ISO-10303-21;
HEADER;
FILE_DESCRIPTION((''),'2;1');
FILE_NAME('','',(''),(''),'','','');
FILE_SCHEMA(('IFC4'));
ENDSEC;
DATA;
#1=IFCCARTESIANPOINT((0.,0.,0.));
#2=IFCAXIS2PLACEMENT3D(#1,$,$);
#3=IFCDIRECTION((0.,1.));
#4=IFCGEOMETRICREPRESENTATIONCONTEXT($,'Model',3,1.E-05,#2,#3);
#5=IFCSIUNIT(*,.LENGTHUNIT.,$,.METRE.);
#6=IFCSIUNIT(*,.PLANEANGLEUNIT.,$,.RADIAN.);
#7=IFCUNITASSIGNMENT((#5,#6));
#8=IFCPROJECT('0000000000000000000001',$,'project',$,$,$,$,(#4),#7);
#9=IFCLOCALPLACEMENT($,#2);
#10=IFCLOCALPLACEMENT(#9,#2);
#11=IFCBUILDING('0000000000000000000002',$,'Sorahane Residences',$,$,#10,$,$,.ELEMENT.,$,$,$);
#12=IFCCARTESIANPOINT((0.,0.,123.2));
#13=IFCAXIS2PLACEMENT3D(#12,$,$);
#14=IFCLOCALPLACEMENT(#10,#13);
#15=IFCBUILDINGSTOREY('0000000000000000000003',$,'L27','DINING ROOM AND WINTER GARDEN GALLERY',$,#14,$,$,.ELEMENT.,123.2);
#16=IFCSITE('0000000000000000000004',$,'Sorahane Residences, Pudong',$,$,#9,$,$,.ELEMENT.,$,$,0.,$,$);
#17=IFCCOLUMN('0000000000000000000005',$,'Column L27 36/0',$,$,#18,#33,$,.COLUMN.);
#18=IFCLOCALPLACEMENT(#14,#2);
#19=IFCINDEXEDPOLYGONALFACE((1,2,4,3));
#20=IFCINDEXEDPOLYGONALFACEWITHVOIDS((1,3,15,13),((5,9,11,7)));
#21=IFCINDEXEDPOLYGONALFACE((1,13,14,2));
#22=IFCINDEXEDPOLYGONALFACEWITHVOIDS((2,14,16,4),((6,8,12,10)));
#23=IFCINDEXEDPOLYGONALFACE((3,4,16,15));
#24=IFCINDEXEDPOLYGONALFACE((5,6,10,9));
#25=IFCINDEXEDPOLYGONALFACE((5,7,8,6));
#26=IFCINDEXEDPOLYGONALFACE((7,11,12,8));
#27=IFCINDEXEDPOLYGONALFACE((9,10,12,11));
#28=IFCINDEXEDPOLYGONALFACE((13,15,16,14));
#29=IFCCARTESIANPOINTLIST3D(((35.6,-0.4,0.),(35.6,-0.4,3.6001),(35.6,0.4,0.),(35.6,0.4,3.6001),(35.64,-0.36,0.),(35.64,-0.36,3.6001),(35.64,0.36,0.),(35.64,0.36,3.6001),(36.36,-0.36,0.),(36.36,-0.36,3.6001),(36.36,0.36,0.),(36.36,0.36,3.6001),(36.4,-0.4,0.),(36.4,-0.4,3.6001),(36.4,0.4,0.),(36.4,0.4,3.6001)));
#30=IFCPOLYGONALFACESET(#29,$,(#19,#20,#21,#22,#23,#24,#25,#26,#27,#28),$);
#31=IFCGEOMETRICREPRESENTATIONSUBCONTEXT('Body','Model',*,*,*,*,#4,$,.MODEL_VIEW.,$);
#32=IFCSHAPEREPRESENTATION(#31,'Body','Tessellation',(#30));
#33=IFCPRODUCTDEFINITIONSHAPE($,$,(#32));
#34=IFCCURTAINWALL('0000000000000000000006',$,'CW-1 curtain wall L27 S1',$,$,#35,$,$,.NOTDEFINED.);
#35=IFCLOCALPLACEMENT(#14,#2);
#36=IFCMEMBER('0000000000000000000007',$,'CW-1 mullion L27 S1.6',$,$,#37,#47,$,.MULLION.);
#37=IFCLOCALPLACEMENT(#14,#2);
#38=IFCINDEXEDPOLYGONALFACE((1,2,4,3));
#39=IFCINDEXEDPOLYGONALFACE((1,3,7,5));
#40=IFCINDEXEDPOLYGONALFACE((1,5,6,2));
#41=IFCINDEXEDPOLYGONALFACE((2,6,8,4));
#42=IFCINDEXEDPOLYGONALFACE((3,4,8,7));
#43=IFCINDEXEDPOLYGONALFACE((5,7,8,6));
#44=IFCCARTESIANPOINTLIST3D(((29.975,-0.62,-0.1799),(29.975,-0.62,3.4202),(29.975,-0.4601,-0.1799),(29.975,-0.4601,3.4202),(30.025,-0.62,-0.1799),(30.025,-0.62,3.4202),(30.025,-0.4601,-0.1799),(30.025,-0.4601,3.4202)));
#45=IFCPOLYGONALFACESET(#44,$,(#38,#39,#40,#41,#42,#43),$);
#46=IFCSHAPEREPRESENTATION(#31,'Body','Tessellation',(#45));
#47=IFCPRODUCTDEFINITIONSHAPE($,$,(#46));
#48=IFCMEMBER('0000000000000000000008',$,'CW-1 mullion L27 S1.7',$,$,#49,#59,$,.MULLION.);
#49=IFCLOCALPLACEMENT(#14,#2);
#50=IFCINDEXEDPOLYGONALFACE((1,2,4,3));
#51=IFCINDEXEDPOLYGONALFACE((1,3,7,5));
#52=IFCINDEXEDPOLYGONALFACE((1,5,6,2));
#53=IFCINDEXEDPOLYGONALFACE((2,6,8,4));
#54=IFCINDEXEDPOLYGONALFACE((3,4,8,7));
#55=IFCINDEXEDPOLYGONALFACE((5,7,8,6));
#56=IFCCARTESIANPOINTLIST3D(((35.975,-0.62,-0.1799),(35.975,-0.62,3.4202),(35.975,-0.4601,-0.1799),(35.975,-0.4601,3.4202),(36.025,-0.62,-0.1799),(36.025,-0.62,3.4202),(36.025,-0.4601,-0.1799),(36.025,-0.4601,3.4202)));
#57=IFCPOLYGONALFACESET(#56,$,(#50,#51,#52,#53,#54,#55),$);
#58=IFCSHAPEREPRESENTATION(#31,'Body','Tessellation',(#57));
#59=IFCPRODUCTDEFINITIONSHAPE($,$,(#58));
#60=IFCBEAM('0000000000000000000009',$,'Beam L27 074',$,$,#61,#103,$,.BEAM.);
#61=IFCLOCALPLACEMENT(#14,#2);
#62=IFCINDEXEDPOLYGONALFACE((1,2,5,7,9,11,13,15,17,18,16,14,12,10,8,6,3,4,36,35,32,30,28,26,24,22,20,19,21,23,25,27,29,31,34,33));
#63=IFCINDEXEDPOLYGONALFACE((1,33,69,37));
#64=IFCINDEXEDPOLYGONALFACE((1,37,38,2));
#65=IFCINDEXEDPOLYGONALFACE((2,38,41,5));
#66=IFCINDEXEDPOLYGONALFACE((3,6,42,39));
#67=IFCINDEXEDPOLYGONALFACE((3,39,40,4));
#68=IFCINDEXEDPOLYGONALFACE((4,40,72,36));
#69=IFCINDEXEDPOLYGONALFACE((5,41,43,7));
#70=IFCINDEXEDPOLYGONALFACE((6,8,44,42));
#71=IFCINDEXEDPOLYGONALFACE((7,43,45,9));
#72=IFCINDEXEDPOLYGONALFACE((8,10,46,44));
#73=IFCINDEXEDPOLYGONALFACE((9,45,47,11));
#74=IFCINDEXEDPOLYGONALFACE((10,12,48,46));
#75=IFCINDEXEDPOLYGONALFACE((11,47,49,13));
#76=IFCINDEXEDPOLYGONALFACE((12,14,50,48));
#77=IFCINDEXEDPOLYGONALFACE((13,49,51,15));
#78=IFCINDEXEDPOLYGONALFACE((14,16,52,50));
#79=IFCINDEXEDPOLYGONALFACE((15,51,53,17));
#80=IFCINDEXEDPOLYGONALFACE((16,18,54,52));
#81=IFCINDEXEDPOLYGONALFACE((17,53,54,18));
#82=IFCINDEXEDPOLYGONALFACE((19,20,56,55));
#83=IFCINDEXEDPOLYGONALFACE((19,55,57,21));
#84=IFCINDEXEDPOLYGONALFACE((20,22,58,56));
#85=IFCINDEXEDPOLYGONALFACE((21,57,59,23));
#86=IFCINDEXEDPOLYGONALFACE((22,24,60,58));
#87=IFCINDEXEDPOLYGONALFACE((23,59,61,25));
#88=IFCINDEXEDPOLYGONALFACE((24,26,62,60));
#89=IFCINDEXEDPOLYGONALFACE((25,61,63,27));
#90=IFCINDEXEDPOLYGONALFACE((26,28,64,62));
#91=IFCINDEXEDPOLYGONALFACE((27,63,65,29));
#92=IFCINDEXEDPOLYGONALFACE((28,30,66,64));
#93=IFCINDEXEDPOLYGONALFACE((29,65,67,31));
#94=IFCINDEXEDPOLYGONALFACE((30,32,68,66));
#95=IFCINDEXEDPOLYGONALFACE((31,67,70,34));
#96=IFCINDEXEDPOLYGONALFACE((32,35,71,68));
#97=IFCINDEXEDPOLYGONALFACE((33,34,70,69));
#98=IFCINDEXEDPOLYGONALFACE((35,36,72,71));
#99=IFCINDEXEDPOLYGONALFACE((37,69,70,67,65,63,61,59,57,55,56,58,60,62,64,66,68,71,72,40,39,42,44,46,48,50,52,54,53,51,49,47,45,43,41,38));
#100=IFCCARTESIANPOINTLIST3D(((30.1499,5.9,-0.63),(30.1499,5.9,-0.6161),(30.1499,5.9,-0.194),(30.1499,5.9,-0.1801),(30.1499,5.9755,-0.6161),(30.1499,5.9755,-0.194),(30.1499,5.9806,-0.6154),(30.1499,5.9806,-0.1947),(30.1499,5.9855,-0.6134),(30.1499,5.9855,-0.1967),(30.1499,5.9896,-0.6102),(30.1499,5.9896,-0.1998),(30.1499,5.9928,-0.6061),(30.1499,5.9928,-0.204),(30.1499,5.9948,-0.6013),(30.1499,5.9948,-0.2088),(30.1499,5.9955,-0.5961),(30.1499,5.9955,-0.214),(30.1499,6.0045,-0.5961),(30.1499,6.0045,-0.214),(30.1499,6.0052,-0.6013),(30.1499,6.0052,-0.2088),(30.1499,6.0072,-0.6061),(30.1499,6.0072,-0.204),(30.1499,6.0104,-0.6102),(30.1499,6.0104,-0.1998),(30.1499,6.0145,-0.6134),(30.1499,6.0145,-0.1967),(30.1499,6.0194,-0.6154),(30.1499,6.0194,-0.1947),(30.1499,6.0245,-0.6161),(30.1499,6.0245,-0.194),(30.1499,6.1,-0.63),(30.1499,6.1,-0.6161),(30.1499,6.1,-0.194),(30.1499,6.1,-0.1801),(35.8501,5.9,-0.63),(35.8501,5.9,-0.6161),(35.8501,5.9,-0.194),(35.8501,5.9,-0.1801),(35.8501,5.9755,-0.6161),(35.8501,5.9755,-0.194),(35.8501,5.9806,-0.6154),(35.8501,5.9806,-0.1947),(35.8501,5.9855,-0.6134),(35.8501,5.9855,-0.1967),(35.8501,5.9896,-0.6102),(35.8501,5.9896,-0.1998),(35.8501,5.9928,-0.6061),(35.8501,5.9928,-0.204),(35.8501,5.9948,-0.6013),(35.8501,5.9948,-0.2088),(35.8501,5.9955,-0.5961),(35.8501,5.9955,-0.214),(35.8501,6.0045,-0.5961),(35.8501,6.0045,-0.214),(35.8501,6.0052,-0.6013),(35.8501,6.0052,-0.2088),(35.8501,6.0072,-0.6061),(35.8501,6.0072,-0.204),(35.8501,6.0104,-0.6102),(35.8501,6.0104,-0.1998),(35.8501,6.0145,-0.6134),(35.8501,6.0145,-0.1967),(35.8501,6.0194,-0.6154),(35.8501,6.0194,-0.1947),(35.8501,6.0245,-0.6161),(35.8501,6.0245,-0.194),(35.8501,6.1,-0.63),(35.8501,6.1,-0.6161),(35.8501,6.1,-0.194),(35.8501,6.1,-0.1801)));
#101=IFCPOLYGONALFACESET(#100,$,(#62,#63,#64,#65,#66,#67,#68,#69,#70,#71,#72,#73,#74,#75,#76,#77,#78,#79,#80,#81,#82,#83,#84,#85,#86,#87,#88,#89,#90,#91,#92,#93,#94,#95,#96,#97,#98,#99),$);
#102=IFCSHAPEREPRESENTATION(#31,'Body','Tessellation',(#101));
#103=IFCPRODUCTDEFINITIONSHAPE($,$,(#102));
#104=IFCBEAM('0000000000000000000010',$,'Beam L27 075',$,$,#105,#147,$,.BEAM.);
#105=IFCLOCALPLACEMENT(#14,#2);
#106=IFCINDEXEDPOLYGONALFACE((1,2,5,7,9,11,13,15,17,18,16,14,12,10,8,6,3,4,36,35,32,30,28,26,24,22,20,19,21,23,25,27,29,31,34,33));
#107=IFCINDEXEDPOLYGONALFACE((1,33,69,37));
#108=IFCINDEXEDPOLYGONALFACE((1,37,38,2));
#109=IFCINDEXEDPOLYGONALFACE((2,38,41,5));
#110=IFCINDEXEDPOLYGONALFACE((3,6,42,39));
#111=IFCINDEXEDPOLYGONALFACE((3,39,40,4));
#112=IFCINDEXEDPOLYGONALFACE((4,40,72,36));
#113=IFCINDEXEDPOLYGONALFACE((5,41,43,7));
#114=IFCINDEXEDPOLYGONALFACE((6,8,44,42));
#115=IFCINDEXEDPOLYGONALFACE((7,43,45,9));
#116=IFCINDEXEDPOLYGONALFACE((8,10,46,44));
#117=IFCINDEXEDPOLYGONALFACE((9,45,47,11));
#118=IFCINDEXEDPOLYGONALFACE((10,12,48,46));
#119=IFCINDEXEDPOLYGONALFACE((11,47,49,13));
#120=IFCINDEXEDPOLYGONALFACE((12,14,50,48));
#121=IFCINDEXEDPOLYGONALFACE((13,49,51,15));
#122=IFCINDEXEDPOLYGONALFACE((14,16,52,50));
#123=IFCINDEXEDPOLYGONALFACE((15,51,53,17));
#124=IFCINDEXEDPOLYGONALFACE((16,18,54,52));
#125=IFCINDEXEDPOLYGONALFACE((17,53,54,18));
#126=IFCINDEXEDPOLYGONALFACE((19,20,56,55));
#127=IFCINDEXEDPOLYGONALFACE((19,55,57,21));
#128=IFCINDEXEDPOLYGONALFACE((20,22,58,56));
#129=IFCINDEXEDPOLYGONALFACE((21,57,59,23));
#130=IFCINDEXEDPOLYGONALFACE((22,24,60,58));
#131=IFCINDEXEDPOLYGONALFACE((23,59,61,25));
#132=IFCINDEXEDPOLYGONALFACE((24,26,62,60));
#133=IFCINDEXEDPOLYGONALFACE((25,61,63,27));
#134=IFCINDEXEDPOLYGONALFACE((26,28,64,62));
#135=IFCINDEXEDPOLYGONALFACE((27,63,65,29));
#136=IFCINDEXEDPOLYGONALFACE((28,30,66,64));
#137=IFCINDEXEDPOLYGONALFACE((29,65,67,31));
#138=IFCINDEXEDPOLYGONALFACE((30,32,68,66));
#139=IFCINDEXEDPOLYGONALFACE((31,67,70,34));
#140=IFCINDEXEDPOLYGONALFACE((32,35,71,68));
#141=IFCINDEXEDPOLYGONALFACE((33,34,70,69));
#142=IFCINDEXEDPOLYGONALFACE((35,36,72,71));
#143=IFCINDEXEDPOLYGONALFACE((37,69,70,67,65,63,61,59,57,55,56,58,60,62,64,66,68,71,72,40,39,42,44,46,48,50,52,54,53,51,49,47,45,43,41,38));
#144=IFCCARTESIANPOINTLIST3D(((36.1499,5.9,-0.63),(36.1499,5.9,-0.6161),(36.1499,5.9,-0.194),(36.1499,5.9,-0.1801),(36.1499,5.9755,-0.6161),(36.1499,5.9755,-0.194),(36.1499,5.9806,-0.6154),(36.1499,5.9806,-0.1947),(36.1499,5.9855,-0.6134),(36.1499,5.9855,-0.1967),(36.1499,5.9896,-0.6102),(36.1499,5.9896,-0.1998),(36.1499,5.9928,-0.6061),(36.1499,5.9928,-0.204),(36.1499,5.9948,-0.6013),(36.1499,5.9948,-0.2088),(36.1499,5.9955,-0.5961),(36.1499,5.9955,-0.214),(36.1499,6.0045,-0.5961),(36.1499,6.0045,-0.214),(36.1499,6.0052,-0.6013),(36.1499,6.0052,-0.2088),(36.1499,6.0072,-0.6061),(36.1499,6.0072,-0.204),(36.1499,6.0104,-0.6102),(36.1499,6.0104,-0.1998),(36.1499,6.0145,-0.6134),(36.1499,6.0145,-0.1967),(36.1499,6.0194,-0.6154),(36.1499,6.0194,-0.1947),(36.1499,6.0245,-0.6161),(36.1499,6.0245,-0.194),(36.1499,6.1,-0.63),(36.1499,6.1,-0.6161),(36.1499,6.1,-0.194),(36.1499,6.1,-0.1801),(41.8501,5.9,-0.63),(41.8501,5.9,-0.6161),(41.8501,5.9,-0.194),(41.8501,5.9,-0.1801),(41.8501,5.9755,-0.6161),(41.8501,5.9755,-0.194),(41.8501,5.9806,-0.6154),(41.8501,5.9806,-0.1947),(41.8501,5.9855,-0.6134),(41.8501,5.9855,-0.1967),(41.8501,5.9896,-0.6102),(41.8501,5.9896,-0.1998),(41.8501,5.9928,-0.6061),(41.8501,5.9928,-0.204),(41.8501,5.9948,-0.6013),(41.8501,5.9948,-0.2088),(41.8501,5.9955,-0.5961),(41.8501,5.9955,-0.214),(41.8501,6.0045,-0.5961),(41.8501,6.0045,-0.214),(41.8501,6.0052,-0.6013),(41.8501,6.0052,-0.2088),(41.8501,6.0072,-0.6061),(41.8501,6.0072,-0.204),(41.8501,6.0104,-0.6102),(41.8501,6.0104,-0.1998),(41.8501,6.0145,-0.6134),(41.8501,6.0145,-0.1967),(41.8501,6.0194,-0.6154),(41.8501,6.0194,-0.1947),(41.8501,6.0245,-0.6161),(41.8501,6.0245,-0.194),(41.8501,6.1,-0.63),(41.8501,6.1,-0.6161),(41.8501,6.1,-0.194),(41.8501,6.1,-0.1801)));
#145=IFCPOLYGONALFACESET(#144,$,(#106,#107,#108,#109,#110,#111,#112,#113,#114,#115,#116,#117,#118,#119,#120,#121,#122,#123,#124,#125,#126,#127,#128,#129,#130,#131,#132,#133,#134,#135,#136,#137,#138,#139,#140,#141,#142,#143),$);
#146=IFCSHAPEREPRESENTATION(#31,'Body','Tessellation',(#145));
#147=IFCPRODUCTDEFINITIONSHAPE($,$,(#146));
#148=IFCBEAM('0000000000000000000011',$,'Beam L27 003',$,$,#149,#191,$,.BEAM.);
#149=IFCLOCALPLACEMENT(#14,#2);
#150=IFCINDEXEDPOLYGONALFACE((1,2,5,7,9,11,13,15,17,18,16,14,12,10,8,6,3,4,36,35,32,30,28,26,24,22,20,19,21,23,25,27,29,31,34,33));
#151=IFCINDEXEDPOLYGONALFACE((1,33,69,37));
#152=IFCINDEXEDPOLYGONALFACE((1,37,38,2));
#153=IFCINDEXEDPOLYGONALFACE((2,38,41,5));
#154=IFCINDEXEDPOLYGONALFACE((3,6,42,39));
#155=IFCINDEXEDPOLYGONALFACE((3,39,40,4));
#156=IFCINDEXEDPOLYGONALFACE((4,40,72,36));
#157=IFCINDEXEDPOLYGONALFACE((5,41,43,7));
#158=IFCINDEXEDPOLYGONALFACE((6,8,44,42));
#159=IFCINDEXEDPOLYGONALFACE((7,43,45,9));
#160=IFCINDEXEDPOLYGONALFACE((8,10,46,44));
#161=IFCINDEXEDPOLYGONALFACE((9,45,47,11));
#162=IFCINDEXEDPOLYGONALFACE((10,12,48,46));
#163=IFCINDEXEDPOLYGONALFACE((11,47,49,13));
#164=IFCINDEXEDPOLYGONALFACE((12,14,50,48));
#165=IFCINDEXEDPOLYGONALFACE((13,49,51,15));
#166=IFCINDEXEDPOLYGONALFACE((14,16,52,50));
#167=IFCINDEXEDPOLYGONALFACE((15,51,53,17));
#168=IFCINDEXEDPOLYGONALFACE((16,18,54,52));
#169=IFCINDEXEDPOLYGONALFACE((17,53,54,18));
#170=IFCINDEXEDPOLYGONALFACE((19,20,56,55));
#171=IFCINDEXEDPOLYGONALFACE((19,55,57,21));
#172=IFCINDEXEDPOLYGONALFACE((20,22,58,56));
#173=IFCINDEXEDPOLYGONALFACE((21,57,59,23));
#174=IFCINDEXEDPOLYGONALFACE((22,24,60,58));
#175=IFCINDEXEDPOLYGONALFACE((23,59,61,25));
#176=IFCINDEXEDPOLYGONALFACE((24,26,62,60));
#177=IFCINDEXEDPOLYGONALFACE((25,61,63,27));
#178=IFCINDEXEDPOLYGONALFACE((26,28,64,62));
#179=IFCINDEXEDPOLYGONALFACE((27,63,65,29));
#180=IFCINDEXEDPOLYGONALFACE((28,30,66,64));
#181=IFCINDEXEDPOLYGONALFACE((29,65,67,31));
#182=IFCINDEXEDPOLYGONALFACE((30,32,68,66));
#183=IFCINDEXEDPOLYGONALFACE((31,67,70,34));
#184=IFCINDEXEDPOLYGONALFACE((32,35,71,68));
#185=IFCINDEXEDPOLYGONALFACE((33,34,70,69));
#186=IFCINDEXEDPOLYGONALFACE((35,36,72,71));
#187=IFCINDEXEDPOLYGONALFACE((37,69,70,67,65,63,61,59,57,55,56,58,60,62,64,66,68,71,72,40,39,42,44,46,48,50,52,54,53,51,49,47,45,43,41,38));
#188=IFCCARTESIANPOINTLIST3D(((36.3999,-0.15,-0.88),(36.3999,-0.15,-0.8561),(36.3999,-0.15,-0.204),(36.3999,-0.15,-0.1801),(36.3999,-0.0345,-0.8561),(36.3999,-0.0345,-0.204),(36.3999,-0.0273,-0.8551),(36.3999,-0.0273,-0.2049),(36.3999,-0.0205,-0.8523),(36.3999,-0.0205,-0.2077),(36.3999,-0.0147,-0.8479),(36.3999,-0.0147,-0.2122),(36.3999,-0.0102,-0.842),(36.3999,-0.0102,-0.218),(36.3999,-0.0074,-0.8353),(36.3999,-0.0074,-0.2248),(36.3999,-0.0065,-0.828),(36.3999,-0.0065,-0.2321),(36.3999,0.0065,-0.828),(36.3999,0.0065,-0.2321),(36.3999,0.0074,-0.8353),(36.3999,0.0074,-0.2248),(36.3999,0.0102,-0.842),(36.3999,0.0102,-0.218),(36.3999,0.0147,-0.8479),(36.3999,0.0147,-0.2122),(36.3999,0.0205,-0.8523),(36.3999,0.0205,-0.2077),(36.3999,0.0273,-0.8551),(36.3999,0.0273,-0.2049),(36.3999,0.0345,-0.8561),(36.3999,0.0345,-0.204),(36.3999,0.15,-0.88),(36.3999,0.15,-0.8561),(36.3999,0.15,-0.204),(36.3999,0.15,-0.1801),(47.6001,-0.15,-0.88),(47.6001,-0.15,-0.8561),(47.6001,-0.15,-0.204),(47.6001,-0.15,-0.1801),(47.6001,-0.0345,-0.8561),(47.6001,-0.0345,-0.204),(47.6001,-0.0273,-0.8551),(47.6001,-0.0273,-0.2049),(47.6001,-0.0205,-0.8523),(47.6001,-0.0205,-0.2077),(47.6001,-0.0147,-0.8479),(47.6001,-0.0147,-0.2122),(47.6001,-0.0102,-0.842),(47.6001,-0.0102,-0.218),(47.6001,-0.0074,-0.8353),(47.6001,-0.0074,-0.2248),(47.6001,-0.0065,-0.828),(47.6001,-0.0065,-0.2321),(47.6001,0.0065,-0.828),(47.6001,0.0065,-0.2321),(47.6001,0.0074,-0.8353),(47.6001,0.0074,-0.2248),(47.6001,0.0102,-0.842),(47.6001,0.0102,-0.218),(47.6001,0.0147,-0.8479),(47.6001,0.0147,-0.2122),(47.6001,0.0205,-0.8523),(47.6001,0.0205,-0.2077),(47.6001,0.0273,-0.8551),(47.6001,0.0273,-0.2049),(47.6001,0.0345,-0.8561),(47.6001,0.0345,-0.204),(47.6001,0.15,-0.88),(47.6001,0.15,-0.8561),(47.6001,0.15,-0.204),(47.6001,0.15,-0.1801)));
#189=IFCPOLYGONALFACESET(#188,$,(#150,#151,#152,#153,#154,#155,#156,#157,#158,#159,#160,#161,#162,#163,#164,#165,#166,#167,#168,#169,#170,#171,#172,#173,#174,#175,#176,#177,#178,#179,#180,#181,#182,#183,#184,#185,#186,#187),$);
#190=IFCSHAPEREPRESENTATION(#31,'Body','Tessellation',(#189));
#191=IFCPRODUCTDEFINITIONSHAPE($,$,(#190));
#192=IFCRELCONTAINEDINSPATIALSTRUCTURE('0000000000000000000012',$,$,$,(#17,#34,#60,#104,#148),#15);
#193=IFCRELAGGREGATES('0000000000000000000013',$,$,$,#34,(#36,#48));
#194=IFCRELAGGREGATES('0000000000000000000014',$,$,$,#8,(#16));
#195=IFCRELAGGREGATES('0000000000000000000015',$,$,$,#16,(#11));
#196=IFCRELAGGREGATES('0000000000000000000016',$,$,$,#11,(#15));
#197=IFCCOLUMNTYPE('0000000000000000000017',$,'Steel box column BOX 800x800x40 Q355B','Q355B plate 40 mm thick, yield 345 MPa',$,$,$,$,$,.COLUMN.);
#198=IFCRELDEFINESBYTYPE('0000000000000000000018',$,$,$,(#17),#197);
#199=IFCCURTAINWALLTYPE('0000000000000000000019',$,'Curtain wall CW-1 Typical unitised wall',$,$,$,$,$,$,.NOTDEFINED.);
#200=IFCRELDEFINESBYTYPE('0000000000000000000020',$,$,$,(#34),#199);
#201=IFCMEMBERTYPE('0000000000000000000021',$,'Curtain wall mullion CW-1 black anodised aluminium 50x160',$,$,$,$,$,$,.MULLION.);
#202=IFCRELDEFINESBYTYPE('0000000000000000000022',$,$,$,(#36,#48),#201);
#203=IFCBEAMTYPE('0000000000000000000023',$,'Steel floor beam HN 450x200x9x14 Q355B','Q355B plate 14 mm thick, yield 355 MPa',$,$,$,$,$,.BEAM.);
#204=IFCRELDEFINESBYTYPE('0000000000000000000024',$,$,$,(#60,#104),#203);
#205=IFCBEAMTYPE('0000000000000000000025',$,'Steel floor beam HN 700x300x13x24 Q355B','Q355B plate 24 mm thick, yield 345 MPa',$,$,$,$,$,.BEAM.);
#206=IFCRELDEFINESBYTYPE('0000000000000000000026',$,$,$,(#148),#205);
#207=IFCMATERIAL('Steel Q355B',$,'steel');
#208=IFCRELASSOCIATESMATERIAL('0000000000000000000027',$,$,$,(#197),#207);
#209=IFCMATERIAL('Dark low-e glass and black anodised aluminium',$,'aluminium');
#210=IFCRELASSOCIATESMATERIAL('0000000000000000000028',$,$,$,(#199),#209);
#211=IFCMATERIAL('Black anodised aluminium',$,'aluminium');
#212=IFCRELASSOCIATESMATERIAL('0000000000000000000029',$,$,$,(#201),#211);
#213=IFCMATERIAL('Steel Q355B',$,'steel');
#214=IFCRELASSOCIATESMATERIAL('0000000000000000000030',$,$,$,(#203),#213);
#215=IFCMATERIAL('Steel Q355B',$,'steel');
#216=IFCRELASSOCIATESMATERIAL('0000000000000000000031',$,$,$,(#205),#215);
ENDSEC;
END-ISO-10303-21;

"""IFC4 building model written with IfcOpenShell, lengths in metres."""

from ifc_helpers import new_model, si_unit, direction, frame, origin, origin_2d, place, context, subcontext, project, spatial, rectangle, hollow_rectangle, i_section, extrude, material, material_profile, profile_set, type_object, element, aggregate, save


model = new_model("IFC4")

# Units and contexts
model_context = context("Model", 3, precision=1e-05, world=origin(), true_north=direction((0.0, 1.0)))
body_context = subcontext(model_context, "Body", "Model", "MODEL_VIEW")
ifc_project = project(units=[si_unit("LENGTHUNIT", "METRE"), si_unit("PLANEANGLEUNIT", "RADIAN")], contexts=[model_context])

# Site, building, storey
site_placement = place(None, origin())
site = spatial("IfcSite", under=ifc_project, at=site_placement, Name="Sorahane Residences, Pudong", CompositionType="ELEMENT", RefElevation=0.0)
building_placement = place(site_placement, origin())
building = spatial("IfcBuilding", under=site, at=building_placement, Name="Sorahane Residences", CompositionType="ELEMENT")
storey_placement = place(building_placement, frame((0.0, 0.0, 123.2)))
storey = spatial("IfcBuildingStorey", under=building, at=storey_placement, Name="L27", Description="DINING ROOM AND WINTER GARDEN GALLERY", CompositionType="ELEMENT", Elevation=123.2)

# Column
ifc_material_1 = material(Name="Steel Q355B", Category="steel")
ifc_material_profile_1 = material_profile(ifc_material_1, hollow_rectangle(XDim=0.8, YDim=0.8, WallThickness=0.04, at=origin_2d()), Name="BOX 800x800x40")
ifc_profile_set_1 = profile_set([ifc_material_profile_1], Name="Steel Q355B")
column_type = type_object("IfcColumnType", Name="Steel box column BOX 800x800x40 Q355B", Description="Q355B plate 40 mm thick, yield 345 MPa", PredefinedType="COLUMN", material=ifc_profile_set_1)
column_placement = place(storey_placement, frame((36.0, 0.0, 0.0), z_axis=(0.0, 0.0, 1.0), x_axis=(1.0, 0.0, 0.0)))
element("IfcColumn", 1, at=column_placement, inside=storey, type_object=column_type, Name="Column L27 36/0", PredefinedType="COLUMN", context=body_context, shape_type="SweptSolid", body=[
    extrude(hollow_rectangle(XDim=0.8, YDim=0.8, WallThickness=0.04, at=origin_2d()), origin(), (0.0, 0.0, 1.0), 3.6001),
])

# Curtain wall, members
ifc_material_2 = material(Name="Dark low-e glass and black anodised aluminium", Category="aluminium")
curtain_wall_type = type_object("IfcCurtainWallType", Name="Curtain wall CW-1 Typical unitised wall", PredefinedType="NOTDEFINED", material=ifc_material_2)
curtain_wall_placement = place(storey_placement, origin())
curtain_wall = element("IfcCurtainWall", 2, at=curtain_wall_placement, inside=storey, type_object=curtain_wall_type, Name="CW-1 curtain wall L27 S1", PredefinedType="NOTDEFINED")
ifc_material_3 = material(Name="Black anodised aluminium", Category="aluminium")
ifc_material_profile_2 = material_profile(ifc_material_3, rectangle(XDim=0.1599, YDim=0.05, at=origin_2d()), Name="Curtain wall mullion CW-1 black anodised aluminium 50x160")
ifc_profile_set_2 = profile_set([ifc_material_profile_2], Name="Black anodised aluminium")
member_type = type_object("IfcMemberType", Name="Curtain wall mullion CW-1 black anodised aluminium 50x160", PredefinedType="MULLION", material=ifc_profile_set_2)
member_1_placement = place(storey_placement, frame((30.0, -0.54, -0.1799), z_axis=(0.0, 0.0, 1.0), x_axis=(0.0, -1.0, 0.0)))
member_1 = element("IfcMember", 3, at=member_1_placement, type_object=member_type, Name="CW-1 mullion L27 S1.6", PredefinedType="MULLION", context=body_context, shape_type="SweptSolid", body=[
    extrude(rectangle(XDim=0.1599, YDim=0.05, at=origin_2d()), origin(), (0.0, 0.0, 1.0), 3.6001),
])
member_2_placement = place(storey_placement, frame((36.0, -0.54, -0.1799), z_axis=(0.0, 0.0, 1.0), x_axis=(0.0, -1.0, 0.0)))
member_2 = element("IfcMember", 4, at=member_2_placement, type_object=member_type, Name="CW-1 mullion L27 S1.7", PredefinedType="MULLION", context=body_context, shape_type="SweptSolid", body=[
    extrude(rectangle(XDim=0.1599, YDim=0.05, at=origin_2d()), origin(), (0.0, 0.0, 1.0), 3.6001),
])

# Beams
ifc_material_4 = material(Name="Steel Q355B", Category="steel")
ifc_material_profile_3 = material_profile(ifc_material_4, i_section(OverallWidth=0.2, OverallDepth=0.45, WebThickness=0.009, FlangeThickness=0.0139, FilletRadius=0.02, at=origin_2d()), Name="HN 450x200x9x14")
ifc_profile_set_3 = profile_set([ifc_material_profile_3], Name="Steel Q355B")
beam_type_1 = type_object("IfcBeamType", Name="Steel floor beam HN 450x200x9x14 Q355B", Description="Q355B plate 14 mm thick, yield 355 MPa", PredefinedType="BEAM", material=ifc_profile_set_3)
for number, where, z_axis, x_axis, name in (
    (5, (30.1499, 6.0, -0.405), (1.0, 0.0, 0.0), (0.0, 1.0, 0.0), "Beam L27 074"),
    (6, (36.1499, 6.0, -0.405), (1.0, 0.0, 0.0), (0.0, 1.0, 0.0), "Beam L27 075"),
):
    element("IfcBeam", number, at=place(storey_placement, frame(where, z_axis=z_axis, x_axis=x_axis)), inside=storey, type_object=beam_type_1, Name=name, PredefinedType="BEAM", context=body_context, shape_type="SweptSolid", body=[
        extrude(i_section(OverallWidth=0.2, OverallDepth=0.45, WebThickness=0.009, FlangeThickness=0.0139, FilletRadius=0.02, at=origin_2d()), origin(), (0.0, 0.0, 1.0), 5.7002),
    ])
ifc_material_5 = material(Name="Steel Q355B", Category="steel")
ifc_material_profile_4 = material_profile(ifc_material_5, i_section(OverallWidth=0.3, OverallDepth=0.7, WebThickness=0.0129, FlangeThickness=0.0239, FilletRadius=0.0281, at=origin_2d()), Name="HN 700x300x13x24")
ifc_profile_set_4 = profile_set([ifc_material_profile_4], Name="Steel Q355B")
beam_type_2 = type_object("IfcBeamType", Name="Steel floor beam HN 700x300x13x24 Q355B", Description="Q355B plate 24 mm thick, yield 345 MPa", PredefinedType="BEAM", material=ifc_profile_set_4)
beam_1_placement = place(storey_placement, frame((36.3999, 0.0, -0.53), z_axis=(1.0, 0.0, 0.0), x_axis=(0.0, 1.0, 0.0)))
element("IfcBeam", 7, at=beam_1_placement, inside=storey, type_object=beam_type_2, Name="Beam L27 003", PredefinedType="BEAM", context=body_context, shape_type="SweptSolid", body=[
    extrude(i_section(OverallWidth=0.3, OverallDepth=0.7, WebThickness=0.0129, FlangeThickness=0.0239, FilletRadius=0.0281, at=origin_2d()), origin(), (0.0, 0.0, 1.0), 11.2002),
])

aggregate(curtain_wall, [member_1, member_2])

save(model, "model.ifc")
